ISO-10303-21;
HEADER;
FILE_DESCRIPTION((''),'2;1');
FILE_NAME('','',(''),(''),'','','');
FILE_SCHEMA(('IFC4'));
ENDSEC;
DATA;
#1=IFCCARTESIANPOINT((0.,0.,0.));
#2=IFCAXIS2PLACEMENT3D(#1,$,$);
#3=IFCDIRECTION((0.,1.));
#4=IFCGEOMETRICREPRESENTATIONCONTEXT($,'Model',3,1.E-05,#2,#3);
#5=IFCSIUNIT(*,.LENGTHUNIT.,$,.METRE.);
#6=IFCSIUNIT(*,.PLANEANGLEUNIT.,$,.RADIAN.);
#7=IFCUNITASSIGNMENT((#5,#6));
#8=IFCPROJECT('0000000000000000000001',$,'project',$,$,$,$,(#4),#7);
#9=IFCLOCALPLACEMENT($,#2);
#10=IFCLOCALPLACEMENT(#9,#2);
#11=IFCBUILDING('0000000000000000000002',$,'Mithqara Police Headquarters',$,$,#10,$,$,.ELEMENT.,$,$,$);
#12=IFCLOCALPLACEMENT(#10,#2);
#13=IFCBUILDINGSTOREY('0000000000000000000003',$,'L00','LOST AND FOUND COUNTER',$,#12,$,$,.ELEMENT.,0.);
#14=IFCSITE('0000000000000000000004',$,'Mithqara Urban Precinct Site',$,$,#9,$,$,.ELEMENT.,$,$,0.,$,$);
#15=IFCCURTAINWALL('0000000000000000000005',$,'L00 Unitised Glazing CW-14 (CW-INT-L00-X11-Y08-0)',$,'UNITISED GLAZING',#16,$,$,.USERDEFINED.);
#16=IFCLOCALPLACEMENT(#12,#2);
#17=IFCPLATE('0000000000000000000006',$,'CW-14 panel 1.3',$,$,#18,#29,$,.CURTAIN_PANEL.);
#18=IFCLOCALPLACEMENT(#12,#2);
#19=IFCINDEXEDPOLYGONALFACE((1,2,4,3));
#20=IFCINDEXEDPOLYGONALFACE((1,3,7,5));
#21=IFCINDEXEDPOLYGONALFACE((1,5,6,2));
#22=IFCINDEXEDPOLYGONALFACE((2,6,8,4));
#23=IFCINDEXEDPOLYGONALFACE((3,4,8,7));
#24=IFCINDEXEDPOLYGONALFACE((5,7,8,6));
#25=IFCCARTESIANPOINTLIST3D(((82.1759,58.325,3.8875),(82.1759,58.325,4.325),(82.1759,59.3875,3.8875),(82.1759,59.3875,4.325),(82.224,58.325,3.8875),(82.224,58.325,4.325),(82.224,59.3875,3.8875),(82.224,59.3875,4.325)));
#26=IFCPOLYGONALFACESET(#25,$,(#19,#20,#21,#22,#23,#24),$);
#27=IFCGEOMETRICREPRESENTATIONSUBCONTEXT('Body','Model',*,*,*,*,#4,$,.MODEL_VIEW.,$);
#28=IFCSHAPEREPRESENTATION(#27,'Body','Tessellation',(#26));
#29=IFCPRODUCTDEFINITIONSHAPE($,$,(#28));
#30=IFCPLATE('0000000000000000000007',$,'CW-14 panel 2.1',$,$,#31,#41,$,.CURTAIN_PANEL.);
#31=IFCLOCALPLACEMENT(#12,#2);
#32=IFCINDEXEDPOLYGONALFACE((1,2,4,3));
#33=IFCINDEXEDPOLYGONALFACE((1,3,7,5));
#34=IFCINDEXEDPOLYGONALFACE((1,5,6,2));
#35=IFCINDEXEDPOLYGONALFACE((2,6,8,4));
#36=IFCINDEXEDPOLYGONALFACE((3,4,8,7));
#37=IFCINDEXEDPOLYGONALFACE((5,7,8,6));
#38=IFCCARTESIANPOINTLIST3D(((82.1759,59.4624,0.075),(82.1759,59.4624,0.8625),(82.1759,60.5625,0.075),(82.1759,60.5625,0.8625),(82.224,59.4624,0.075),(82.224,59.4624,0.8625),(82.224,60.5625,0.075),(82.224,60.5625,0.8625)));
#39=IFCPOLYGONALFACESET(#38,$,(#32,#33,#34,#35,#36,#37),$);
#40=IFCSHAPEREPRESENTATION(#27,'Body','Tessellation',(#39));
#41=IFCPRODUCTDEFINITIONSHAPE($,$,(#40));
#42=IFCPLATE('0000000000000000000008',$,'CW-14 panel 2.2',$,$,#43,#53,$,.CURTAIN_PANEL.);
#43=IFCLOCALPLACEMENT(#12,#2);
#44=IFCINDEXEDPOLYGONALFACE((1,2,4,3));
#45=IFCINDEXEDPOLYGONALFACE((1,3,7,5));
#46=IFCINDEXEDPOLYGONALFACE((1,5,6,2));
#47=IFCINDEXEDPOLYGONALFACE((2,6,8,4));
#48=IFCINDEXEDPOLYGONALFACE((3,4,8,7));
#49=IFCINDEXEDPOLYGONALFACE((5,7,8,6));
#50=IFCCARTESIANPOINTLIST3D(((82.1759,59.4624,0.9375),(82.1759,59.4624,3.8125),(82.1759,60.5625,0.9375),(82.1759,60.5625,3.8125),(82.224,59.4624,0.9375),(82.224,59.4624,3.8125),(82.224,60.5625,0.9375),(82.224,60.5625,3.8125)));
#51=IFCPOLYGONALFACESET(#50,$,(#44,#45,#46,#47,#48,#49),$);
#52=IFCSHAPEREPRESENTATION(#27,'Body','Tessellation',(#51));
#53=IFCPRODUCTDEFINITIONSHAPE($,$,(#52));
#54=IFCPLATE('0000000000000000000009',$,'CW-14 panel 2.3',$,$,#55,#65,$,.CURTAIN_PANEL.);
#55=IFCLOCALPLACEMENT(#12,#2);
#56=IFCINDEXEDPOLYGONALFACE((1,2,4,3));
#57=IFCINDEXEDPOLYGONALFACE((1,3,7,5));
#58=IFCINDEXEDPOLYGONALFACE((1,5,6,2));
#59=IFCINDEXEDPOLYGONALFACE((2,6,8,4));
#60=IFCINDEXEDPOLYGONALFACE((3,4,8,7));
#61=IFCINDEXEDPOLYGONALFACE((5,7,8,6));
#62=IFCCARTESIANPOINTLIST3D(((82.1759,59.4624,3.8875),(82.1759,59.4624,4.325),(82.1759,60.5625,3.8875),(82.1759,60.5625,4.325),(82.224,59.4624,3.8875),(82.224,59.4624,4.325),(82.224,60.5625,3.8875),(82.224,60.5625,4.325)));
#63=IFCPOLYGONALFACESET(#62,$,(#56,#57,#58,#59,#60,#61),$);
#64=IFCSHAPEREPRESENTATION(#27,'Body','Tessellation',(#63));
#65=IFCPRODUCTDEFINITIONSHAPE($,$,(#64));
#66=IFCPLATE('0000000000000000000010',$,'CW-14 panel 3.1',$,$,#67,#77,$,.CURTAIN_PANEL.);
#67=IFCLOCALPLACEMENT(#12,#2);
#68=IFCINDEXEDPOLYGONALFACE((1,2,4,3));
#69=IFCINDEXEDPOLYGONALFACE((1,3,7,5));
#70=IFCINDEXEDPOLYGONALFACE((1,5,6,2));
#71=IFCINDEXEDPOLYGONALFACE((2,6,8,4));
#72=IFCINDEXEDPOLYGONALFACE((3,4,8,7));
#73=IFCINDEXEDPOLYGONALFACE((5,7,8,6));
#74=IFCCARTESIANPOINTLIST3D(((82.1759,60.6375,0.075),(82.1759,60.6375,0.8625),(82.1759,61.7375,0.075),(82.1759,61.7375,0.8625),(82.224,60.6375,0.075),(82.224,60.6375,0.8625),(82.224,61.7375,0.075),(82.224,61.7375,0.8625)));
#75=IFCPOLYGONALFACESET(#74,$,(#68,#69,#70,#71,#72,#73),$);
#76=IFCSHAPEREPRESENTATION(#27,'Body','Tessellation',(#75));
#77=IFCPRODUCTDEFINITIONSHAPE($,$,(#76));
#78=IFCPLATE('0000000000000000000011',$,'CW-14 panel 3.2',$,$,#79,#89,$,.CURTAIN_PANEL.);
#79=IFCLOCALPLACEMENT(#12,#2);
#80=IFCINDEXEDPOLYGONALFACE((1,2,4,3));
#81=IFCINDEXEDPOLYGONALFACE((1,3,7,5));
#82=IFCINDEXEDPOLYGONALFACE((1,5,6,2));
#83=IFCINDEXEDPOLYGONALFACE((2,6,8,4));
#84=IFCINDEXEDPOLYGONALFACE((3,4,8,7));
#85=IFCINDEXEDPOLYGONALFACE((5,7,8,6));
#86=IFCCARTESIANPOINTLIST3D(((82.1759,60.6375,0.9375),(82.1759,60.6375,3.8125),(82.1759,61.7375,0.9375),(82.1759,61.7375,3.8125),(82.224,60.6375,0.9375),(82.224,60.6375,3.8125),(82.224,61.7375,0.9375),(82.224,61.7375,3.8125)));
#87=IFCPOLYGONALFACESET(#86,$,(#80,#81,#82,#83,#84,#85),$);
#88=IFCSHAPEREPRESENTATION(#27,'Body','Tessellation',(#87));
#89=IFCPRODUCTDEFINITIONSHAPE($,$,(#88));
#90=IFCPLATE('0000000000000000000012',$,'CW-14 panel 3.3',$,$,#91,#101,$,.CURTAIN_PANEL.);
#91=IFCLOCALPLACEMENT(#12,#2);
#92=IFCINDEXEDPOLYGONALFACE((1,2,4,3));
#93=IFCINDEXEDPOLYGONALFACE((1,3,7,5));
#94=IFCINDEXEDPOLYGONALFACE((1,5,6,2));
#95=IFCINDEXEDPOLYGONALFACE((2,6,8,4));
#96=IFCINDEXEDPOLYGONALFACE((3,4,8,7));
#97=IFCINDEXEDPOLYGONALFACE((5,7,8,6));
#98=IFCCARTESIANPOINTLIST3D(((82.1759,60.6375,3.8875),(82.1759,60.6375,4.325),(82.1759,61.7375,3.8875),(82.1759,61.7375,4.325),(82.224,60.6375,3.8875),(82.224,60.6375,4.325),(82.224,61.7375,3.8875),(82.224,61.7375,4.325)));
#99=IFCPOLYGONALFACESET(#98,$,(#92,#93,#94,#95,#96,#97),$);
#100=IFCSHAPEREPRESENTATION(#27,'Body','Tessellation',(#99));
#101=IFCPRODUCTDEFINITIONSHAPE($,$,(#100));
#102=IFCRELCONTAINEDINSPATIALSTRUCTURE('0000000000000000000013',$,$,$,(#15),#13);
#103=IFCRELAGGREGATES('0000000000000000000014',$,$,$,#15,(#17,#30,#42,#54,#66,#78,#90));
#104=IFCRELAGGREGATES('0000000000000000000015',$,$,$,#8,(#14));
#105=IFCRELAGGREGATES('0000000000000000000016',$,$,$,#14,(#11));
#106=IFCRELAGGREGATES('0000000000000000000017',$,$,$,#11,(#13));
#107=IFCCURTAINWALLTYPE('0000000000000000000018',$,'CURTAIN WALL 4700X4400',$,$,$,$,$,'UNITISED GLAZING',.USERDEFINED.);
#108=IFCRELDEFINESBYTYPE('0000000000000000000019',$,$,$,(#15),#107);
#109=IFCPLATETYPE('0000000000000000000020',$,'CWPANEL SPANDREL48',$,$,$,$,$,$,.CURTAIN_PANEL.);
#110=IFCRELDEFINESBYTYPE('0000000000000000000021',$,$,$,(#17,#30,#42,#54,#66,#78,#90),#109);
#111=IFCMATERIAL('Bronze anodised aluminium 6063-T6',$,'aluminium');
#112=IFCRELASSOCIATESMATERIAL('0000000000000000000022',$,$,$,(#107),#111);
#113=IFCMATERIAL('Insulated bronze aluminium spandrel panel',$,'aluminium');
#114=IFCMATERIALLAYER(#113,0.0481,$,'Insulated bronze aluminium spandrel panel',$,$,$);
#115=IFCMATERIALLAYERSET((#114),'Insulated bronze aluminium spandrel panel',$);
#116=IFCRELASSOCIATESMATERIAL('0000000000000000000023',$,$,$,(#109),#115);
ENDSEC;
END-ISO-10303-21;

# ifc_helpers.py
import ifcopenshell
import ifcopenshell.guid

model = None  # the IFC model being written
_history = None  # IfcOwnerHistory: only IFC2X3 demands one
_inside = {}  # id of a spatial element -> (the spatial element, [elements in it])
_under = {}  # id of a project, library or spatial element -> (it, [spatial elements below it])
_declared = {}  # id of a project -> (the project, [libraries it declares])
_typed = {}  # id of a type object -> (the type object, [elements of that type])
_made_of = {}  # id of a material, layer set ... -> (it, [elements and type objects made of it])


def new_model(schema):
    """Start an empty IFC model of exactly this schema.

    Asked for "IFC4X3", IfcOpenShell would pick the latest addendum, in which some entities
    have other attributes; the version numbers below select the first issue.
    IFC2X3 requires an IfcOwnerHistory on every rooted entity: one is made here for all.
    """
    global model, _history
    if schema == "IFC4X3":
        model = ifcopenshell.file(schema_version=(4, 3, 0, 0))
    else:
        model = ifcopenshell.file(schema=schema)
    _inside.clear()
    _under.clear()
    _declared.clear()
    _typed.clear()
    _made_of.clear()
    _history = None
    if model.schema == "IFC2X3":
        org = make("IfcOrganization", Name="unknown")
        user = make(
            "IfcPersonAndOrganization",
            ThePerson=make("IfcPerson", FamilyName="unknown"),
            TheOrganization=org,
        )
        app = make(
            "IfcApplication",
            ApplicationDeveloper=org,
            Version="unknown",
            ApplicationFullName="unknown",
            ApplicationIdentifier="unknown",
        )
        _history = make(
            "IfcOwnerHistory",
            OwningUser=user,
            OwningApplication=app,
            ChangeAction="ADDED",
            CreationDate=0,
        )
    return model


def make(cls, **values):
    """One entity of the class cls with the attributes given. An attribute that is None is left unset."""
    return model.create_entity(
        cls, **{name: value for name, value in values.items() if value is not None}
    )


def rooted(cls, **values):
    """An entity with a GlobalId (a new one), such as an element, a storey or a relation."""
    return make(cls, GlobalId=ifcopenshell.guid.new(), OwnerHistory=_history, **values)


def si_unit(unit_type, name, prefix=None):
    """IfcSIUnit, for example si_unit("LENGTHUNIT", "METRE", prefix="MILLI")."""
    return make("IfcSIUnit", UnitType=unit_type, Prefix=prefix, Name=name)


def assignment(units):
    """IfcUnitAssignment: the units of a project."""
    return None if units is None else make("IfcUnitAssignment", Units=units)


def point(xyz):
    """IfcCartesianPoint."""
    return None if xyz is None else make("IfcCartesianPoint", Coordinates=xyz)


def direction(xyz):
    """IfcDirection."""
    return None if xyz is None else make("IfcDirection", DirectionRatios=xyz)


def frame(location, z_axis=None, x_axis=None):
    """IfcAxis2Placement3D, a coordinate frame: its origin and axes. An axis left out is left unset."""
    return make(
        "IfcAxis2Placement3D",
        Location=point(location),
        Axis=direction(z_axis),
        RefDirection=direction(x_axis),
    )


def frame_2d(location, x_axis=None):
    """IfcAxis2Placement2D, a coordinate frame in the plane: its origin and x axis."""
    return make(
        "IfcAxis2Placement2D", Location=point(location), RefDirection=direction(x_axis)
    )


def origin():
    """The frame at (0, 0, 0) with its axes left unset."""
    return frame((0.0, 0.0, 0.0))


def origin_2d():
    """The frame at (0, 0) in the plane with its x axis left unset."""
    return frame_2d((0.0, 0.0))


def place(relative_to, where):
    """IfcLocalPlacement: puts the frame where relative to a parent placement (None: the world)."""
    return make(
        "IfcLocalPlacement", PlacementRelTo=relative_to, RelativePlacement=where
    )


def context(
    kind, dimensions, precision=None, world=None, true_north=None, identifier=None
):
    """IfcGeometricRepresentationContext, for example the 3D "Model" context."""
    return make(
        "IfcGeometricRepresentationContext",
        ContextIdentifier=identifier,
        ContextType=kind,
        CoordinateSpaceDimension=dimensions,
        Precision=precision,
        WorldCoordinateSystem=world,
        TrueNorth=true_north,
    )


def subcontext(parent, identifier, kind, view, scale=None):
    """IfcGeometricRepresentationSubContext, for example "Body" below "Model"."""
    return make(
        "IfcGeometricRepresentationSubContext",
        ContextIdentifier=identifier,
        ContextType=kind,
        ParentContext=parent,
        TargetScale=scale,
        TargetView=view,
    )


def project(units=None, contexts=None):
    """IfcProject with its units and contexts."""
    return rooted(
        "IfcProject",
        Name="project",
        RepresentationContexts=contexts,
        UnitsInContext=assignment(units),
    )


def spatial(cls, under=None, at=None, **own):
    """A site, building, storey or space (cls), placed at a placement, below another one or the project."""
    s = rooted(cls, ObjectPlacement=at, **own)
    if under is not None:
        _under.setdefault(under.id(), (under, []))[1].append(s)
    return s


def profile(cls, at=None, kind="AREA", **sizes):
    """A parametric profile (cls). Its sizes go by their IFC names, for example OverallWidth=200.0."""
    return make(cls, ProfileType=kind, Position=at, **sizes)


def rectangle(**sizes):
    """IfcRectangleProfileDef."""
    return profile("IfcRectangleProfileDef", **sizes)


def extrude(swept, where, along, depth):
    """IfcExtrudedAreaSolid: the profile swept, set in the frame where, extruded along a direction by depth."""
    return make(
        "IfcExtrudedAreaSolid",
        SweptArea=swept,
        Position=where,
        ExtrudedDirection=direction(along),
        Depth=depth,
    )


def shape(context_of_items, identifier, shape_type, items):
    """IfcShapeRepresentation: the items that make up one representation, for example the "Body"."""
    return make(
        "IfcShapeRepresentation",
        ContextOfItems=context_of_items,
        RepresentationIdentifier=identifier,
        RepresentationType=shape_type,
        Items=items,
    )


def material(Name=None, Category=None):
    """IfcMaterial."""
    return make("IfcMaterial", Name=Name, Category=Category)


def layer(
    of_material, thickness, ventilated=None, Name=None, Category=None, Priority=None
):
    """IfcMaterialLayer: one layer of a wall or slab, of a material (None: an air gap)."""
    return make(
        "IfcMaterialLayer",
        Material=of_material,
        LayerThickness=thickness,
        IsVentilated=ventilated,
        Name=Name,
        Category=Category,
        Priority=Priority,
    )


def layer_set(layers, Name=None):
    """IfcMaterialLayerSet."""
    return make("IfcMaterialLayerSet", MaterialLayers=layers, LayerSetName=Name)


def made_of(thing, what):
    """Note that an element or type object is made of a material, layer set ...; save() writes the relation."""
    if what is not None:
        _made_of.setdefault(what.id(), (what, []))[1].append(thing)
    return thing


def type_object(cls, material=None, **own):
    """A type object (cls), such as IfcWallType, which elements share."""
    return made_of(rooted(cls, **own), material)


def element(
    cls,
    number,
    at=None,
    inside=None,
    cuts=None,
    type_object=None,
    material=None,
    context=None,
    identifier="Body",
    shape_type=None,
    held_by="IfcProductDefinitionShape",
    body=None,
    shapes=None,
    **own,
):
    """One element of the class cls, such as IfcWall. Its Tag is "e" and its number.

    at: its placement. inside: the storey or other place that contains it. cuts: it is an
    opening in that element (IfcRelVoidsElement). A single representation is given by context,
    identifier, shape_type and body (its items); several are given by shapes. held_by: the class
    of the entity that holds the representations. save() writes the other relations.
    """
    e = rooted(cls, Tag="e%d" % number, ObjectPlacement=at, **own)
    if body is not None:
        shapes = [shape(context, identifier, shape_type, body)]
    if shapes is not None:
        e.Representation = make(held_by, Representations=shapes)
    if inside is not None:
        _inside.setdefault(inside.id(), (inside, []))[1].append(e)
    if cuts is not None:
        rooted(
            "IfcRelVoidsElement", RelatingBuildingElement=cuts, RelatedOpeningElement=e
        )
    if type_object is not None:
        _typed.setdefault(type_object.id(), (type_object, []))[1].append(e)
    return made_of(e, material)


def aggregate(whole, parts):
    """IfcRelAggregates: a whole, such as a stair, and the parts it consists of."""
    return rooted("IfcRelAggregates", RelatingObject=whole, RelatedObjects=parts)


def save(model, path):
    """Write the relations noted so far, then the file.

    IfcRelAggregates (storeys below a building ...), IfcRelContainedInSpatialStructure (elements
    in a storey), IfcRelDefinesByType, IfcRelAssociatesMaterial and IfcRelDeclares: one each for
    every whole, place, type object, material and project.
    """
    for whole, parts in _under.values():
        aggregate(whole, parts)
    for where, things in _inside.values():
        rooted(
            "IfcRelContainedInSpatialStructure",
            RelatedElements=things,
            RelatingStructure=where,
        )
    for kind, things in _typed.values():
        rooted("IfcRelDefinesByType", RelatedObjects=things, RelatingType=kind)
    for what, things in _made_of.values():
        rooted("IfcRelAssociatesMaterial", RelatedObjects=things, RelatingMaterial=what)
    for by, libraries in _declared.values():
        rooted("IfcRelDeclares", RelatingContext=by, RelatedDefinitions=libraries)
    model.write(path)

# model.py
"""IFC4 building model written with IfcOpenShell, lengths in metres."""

from ifc_helpers import new_model, si_unit, direction, frame, origin, origin_2d, place, context, subcontext, project, spatial, rectangle, extrude, material, layer, layer_set, type_object, element, aggregate, save


model = new_model("IFC4")

# Units and contexts
model_context = context("Model", 3, precision=1e-05, world=origin(), true_north=direction((0.0, 1.0)))
body_context = subcontext(model_context, "Body", "Model", "MODEL_VIEW")
ifc_project = project(units=[si_unit("LENGTHUNIT", "METRE"), si_unit("PLANEANGLEUNIT", "RADIAN")], contexts=[model_context])

# Site, building, storey
site_placement = place(None, origin())
site = spatial("IfcSite", under=ifc_project, at=site_placement, Name="Mithqara Urban Precinct Site", CompositionType="ELEMENT", RefElevation=0.0)
building_placement = place(site_placement, origin())
building = spatial("IfcBuilding", under=site, at=building_placement, Name="Mithqara Police Headquarters", CompositionType="ELEMENT")
storey_placement = place(building_placement, origin())
storey = spatial("IfcBuildingStorey", under=building, at=storey_placement, Name="L00", Description="LOST AND FOUND COUNTER", CompositionType="ELEMENT", Elevation=0.0)

# Curtain wall
ifc_material_1 = material(Name="Bronze anodised aluminium 6063-T6", Category="aluminium")
curtain_wall_type = type_object("IfcCurtainWallType", Name="CURTAIN WALL 4700X4400", ElementType="UNITISED GLAZING", PredefinedType="USERDEFINED", material=ifc_material_1)
curtain_wall_1_placement = place(storey_placement, origin())
curtain_wall_1 = element("IfcCurtainWall", 1, at=curtain_wall_1_placement, inside=storey, type_object=curtain_wall_type, Name="L00 Unitised Glazing CW-14 (CW-INT-L00-X11-Y08-0)", ObjectType="UNITISED GLAZING", PredefinedType="USERDEFINED")

# Plates
ifc_material_2 = material(Name="Insulated bronze aluminium spandrel panel", Category="aluminium")
ifc_layer_1 = layer(ifc_material_2, 0.0481, Name="Insulated bronze aluminium spandrel panel")
ifc_layer_set_1 = layer_set([ifc_layer_1], Name="Insulated bronze aluminium spandrel panel")
plate_type_1 = type_object("IfcPlateType", Name="CWPANEL SPANDREL48", PredefinedType="CURTAIN_PANEL", material=ifc_layer_set_1)
plate_1_placement = place(storey_placement, frame((82.2, 58.8562, 3.8875), z_axis=(0.0, 0.0, 1.0), x_axis=(0.0, 1.0, 0.0)))
plate_1 = element("IfcPlate", 2, at=plate_1_placement, type_object=plate_type_1, Name="CW-14 panel 1.3", PredefinedType="CURTAIN_PANEL", context=body_context, shape_type="SweptSolid", body=[
    extrude(rectangle(XDim=1.0625, YDim=0.0481, at=origin_2d()), origin(), (0.0, 0.0, 1.0), 0.4375),
])
plate_2_placement = place(storey_placement, frame((82.2, 60.0125, 0.075), z_axis=(0.0, 0.0, 1.0), x_axis=(0.0, 1.0, 0.0)))
plate_2 = element("IfcPlate", 3, at=plate_2_placement, type_object=plate_type_1, Name="CW-14 panel 2.1", PredefinedType="CURTAIN_PANEL", context=body_context, shape_type="SweptSolid", body=[
    extrude(rectangle(XDim=1.1001, YDim=0.0481, at=origin_2d()), origin(), (0.0, 0.0, 1.0), 0.7876),
])
plate_3_placement = place(storey_placement, frame((82.2, 60.0125, 0.9375), z_axis=(0.0, 0.0, 1.0), x_axis=(0.0, 1.0, 0.0)))
plate_3 = element("IfcPlate", 4, at=plate_3_placement, type_object=plate_type_1, Name="CW-14 panel 2.2", PredefinedType="CURTAIN_PANEL", context=body_context, shape_type="SweptSolid", body=[
    extrude(rectangle(XDim=1.1001, YDim=0.0481, at=origin_2d()), origin(), (0.0, 0.0, 1.0), 2.875),
])
plate_4_placement = place(storey_placement, frame((82.2, 60.0125, 3.8875), z_axis=(0.0, 0.0, 1.0), x_axis=(0.0, 1.0, 0.0)))
plate_4 = element("IfcPlate", 5, at=plate_4_placement, type_object=plate_type_1, Name="CW-14 panel 2.3", PredefinedType="CURTAIN_PANEL", context=body_context, shape_type="SweptSolid", body=[
    extrude(rectangle(XDim=1.1001, YDim=0.0481, at=origin_2d()), origin(), (0.0, 0.0, 1.0), 0.4375),
])
plate_5_placement = place(storey_placement, frame((82.2, 61.1875, 0.075), z_axis=(0.0, 0.0, 1.0), x_axis=(0.0, 1.0, 0.0)))
plate_5 = element("IfcPlate", 6, at=plate_5_placement, type_object=plate_type_1, Name="CW-14 panel 3.1", PredefinedType="CURTAIN_PANEL", context=body_context, shape_type="SweptSolid", body=[
    extrude(rectangle(XDim=1.1001, YDim=0.0481, at=origin_2d()), origin(), (0.0, 0.0, 1.0), 0.7876),
])
plate_6_placement = place(storey_placement, frame((82.2, 61.1875, 0.9375), z_axis=(0.0, 0.0, 1.0), x_axis=(0.0, 1.0, 0.0)))
plate_6 = element("IfcPlate", 7, at=plate_6_placement, type_object=plate_type_1, Name="CW-14 panel 3.2", PredefinedType="CURTAIN_PANEL", context=body_context, shape_type="SweptSolid", body=[
    extrude(rectangle(XDim=1.1001, YDim=0.0481, at=origin_2d()), origin(), (0.0, 0.0, 1.0), 2.875),
])
plate_7_placement = place(storey_placement, frame((82.2, 61.1875, 3.8875), z_axis=(0.0, 0.0, 1.0), x_axis=(0.0, 1.0, 0.0)))
plate_7 = element("IfcPlate", 8, at=plate_7_placement, type_object=plate_type_1, Name="CW-14 panel 3.3", PredefinedType="CURTAIN_PANEL", context=body_context, shape_type="SweptSolid", body=[
    extrude(rectangle(XDim=1.1001, YDim=0.0481, at=origin_2d()), origin(), (0.0, 0.0, 1.0), 0.4375),
])
aggregate(curtain_wall_1, [plate_1, plate_2, plate_3, plate_4, plate_5, plate_6, plate_7])

save(model, "model.ifc")
